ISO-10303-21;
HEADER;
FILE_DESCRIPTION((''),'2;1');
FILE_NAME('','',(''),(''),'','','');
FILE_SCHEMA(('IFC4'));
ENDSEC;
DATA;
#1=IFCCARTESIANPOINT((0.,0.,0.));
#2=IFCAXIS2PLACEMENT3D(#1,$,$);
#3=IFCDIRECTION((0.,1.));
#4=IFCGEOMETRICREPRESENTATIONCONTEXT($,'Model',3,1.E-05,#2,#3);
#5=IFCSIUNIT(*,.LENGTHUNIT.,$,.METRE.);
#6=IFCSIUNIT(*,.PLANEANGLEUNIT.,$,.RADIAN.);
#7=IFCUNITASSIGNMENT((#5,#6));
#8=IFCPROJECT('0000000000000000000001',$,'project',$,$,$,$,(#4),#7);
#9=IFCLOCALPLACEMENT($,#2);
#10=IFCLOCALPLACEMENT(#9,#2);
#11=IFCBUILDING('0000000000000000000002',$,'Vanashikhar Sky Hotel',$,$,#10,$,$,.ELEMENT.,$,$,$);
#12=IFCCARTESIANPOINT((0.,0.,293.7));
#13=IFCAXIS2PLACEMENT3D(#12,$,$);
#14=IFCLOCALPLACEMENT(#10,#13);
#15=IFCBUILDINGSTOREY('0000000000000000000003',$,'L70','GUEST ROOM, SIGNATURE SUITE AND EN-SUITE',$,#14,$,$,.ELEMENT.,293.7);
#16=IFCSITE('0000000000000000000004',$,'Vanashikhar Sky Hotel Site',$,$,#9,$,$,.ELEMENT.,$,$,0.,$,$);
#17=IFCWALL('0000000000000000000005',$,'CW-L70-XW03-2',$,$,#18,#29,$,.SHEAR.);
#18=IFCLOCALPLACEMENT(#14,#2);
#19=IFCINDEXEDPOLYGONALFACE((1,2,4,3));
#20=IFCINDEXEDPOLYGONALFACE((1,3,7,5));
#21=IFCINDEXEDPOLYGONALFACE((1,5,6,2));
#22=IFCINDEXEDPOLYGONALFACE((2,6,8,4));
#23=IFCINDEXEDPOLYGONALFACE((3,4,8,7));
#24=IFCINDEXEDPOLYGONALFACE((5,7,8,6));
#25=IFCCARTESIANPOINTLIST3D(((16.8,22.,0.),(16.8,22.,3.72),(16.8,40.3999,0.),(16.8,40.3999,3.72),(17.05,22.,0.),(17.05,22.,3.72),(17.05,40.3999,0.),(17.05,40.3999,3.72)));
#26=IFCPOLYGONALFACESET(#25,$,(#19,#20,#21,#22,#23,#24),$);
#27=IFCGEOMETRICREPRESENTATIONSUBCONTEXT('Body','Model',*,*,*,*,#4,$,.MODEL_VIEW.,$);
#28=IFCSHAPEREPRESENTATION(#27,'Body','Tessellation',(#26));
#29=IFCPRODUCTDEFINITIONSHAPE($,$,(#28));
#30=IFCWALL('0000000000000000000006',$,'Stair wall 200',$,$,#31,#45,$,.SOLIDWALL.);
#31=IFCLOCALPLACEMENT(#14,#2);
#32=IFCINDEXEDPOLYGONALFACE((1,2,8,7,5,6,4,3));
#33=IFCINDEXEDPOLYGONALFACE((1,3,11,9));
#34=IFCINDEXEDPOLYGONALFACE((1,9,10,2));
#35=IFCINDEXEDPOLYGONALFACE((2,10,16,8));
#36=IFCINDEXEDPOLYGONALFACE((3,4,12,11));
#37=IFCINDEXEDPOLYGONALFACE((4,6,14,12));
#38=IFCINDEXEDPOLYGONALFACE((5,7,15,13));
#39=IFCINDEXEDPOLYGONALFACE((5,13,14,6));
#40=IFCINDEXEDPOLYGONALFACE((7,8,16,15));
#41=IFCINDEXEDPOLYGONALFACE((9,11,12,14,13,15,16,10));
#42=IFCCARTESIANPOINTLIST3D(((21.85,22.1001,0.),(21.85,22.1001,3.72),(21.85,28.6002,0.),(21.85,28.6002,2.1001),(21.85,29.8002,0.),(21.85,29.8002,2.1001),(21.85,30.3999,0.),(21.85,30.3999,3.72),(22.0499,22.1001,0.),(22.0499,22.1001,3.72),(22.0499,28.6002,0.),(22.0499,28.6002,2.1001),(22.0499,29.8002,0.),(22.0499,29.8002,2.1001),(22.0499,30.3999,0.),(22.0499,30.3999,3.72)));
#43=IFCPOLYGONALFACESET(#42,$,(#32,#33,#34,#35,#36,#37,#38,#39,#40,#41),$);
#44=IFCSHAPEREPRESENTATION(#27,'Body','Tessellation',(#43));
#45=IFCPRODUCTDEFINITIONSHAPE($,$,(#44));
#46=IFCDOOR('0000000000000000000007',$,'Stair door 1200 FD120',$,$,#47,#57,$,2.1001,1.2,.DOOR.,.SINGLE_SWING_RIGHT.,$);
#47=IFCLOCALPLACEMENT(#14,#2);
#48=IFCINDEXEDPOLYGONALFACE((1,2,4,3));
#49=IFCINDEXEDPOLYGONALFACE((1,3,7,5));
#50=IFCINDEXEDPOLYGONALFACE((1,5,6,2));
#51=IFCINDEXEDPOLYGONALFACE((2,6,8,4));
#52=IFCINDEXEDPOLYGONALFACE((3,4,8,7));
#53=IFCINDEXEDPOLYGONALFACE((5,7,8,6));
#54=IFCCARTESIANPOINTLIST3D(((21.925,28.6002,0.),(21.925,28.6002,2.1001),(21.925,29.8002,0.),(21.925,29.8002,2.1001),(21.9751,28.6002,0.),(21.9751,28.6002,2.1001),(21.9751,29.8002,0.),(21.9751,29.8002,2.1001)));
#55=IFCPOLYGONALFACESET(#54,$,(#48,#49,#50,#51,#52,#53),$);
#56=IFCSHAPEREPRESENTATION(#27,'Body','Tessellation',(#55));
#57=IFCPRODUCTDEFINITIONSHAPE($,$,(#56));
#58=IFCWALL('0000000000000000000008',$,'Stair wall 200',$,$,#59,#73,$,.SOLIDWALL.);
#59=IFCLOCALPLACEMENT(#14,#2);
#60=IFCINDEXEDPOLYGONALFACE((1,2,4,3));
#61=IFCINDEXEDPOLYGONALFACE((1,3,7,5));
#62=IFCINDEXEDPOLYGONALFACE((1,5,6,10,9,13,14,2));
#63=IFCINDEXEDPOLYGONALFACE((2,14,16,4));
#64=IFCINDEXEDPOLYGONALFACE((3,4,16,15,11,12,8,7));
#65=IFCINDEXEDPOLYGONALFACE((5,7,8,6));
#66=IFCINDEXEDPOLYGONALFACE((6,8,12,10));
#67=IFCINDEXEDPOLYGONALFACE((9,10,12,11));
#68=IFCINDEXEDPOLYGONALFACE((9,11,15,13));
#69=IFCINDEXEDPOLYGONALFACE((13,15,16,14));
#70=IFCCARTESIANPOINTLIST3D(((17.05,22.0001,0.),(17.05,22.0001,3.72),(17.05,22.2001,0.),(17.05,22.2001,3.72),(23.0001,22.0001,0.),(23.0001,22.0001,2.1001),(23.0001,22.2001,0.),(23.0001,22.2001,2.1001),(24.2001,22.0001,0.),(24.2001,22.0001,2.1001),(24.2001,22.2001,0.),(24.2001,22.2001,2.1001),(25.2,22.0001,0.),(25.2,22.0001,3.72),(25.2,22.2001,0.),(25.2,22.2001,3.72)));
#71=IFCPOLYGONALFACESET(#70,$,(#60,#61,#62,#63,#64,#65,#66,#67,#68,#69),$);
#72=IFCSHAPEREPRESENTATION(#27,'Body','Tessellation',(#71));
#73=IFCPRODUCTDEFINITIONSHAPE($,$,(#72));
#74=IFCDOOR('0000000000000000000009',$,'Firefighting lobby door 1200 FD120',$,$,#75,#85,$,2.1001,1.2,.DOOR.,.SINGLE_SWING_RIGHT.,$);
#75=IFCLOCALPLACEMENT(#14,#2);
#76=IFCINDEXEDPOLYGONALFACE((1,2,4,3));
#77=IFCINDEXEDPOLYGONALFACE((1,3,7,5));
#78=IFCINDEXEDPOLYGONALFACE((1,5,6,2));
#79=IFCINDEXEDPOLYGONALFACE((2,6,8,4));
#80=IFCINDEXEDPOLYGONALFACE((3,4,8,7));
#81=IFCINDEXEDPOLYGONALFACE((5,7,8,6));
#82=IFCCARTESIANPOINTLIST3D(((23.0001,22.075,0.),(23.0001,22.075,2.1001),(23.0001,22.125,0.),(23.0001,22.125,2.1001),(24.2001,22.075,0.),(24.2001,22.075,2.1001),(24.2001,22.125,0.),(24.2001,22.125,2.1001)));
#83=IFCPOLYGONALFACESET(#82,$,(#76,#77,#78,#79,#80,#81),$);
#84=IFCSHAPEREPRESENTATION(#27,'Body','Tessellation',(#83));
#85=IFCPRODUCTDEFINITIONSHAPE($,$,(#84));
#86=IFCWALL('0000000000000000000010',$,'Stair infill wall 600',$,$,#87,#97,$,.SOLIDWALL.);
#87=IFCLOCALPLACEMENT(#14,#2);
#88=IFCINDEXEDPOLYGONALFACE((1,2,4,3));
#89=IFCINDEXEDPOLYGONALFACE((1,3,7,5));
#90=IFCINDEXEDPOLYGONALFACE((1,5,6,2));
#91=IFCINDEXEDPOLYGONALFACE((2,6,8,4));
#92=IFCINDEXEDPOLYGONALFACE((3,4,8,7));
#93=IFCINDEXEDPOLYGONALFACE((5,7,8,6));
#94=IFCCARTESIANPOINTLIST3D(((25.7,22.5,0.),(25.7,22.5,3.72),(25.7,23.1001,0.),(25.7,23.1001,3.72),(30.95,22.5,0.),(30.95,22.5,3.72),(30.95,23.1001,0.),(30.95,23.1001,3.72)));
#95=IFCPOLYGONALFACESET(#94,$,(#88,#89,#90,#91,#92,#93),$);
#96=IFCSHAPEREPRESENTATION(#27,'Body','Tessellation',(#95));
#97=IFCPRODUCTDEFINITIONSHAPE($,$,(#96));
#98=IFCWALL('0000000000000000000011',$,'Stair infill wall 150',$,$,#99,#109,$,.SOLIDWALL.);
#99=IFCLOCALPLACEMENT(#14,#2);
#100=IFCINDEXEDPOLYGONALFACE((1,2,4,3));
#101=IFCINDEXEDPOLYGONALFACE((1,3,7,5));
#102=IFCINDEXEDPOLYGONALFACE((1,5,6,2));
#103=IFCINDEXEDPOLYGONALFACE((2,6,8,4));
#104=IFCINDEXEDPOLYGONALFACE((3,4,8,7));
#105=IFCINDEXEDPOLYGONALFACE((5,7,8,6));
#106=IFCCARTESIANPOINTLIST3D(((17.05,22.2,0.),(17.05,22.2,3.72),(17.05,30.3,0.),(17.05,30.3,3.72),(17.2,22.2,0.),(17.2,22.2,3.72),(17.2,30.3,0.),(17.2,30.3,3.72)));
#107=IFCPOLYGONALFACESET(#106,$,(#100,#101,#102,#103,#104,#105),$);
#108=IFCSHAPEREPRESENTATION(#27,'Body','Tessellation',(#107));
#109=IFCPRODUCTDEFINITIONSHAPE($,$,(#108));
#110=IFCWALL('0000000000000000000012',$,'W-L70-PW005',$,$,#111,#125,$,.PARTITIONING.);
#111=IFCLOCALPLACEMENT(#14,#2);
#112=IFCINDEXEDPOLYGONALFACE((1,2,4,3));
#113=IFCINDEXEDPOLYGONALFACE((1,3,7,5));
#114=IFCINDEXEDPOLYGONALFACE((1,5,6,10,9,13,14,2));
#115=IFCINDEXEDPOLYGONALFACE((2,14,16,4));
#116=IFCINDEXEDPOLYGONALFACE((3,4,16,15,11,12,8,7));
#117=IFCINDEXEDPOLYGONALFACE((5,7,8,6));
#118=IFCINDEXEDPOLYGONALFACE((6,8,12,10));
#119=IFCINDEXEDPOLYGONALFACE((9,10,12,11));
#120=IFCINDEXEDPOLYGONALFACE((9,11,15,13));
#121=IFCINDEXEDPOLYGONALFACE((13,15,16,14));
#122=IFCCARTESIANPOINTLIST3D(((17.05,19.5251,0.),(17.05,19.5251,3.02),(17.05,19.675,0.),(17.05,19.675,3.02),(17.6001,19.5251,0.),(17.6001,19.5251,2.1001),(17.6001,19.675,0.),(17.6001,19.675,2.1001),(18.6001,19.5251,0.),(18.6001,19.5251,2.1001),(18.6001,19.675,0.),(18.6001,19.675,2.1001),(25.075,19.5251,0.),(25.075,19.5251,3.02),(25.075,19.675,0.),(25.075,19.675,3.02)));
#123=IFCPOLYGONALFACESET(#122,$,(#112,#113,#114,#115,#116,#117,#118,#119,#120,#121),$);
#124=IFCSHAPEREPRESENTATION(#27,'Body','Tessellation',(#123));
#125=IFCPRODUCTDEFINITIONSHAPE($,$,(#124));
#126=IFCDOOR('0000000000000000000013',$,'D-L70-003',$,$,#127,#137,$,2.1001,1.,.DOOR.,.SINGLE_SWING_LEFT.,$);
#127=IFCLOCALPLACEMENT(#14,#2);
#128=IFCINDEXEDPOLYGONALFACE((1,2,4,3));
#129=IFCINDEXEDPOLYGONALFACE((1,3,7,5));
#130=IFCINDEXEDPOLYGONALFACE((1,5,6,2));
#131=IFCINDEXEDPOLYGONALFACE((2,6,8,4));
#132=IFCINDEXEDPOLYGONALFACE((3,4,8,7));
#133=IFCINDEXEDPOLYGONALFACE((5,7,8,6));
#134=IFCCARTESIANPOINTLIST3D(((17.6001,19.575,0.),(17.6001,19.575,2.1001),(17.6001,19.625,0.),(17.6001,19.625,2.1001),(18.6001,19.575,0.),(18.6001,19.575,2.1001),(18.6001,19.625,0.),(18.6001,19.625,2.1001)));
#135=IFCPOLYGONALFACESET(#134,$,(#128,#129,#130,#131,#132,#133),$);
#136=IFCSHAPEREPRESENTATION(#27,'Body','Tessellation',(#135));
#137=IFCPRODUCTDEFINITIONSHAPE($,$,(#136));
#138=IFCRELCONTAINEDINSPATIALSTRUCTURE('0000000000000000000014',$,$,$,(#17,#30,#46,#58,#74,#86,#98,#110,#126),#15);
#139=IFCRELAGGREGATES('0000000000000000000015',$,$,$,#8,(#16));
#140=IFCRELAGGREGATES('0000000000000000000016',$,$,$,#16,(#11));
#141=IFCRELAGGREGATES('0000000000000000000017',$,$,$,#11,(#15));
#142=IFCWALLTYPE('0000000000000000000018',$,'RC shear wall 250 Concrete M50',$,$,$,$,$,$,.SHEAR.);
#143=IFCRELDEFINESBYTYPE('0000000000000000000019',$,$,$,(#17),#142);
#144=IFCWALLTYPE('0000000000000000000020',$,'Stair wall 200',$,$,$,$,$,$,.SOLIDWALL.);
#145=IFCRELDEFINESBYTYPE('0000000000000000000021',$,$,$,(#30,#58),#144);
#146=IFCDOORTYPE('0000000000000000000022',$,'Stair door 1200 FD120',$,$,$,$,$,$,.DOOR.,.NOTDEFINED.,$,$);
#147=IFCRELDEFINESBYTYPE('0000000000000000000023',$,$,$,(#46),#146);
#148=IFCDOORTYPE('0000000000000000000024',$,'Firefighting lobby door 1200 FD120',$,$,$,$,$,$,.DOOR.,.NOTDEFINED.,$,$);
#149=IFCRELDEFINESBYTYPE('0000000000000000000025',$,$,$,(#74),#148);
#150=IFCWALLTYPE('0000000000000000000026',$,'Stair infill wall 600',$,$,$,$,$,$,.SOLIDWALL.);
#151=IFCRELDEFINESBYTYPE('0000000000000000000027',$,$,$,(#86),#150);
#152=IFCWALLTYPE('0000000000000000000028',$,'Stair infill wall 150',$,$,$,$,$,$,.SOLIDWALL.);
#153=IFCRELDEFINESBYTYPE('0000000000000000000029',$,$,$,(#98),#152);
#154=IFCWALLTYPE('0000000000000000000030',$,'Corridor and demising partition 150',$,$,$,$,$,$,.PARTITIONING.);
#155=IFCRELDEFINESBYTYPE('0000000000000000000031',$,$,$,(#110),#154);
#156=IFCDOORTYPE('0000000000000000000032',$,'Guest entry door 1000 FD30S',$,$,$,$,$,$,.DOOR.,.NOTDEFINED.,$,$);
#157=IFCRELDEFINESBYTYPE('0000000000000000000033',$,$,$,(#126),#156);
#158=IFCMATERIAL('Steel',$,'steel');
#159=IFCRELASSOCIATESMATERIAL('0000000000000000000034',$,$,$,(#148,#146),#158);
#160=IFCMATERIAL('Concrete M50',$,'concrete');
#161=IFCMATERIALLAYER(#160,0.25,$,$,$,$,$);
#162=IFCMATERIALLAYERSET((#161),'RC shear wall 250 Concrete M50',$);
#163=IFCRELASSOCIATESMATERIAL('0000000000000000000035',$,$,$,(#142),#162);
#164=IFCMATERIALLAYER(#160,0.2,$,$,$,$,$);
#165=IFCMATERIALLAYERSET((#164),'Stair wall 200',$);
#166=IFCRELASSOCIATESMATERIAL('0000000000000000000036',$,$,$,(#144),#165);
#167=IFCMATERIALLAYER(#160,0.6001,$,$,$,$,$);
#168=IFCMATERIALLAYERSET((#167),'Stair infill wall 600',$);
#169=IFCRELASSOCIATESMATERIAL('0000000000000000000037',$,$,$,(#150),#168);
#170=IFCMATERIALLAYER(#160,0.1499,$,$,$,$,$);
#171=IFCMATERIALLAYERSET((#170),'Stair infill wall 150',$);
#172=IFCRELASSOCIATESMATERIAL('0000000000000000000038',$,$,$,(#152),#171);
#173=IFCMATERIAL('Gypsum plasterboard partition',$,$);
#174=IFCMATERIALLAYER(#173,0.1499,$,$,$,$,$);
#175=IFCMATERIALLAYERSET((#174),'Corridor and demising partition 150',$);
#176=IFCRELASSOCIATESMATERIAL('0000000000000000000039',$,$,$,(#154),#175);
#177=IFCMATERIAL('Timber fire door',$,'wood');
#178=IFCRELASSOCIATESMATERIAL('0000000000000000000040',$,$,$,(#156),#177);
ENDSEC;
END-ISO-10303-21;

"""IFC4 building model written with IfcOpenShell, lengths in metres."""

from ifc_helpers import new_model, si_unit, direction, frame, frame_2d, origin, place, context, subcontext, project, spatial, rectangle, extrude, source, transform, mapped, material, layer, layer_set, type_object, element, fill, save


model = new_model("IFC4")

# Units and contexts
model_context = context("Model", 3, precision=1e-05, world=origin(), true_north=direction((0.0, 1.0)))
body_context = subcontext(model_context, "Body", "Model", "MODEL_VIEW")
ifc_project = project(units=[si_unit("LENGTHUNIT", "METRE"), si_unit("PLANEANGLEUNIT", "RADIAN")], contexts=[model_context])

# Site, building, storey
site_placement = place(None, origin())
site = spatial("IfcSite", under=ifc_project, at=site_placement, Name="Vanashikhar Sky Hotel Site", CompositionType="ELEMENT", RefElevation=0.0)
building_placement = place(site_placement, origin())
building = spatial("IfcBuilding", under=site, at=building_placement, Name="Vanashikhar Sky Hotel", CompositionType="ELEMENT")
storey_placement = place(building_placement, frame((0.0, 0.0, 293.7)))
storey = spatial("IfcBuildingStorey", under=building, at=storey_placement, Name="L70", Description="GUEST ROOM, SIGNATURE SUITE AND EN-SUITE", CompositionType="ELEMENT", Elevation=293.7)

# Shared definitions
ifc_material_1 = material(Name="Concrete M50", Category="concrete")

# Shared definitions
ifc_material_2 = material(Name="Steel", Category="steel")
door_type_1 = type_object("IfcDoorType", Name="Firefighting lobby door 1200 FD120", OperationType="NOTDEFINED", PredefinedType="DOOR", material=ifc_material_2)

# Wall
ifc_layer_1 = layer(ifc_material_1, 0.25)
ifc_layer_set_1 = layer_set([ifc_layer_1], Name="RC shear wall 250 Concrete M50")
wall_type_1 = type_object("IfcWallType", Name="RC shear wall 250 Concrete M50", PredefinedType="SHEAR", material=ifc_layer_set_1)
shared_shape_1 = source(origin(), body_context, "Body", "SweptSolid", [
    extrude(rectangle(XDim=18.3999, YDim=0.25, at=frame_2d((9.2, 0.0))), origin(), (0.0, 0.0, 1.0), 3.72),
])
wall_1_placement = place(storey_placement, frame((16.925, 22.0, 0.0), z_axis=(0.0, 0.0, 1.0), x_axis=(0.0, 1.0, 0.0)))
element("IfcWall", 1, at=wall_1_placement, inside=storey, type_object=wall_type_1, Name="CW-L70-XW03-2", PredefinedType="SHEAR", context=body_context, shape_type="MappedRepresentation", body=[
    mapped(shared_shape_1, transform((0.0, 0.0, 0.0), scale=1.0)),
])

# Walls, openings, doors
ifc_layer_2 = layer(ifc_material_1, 0.2)
ifc_layer_set_2 = layer_set([ifc_layer_2], Name="Stair wall 200")
wall_type_2 = type_object("IfcWallType", Name="Stair wall 200", PredefinedType="SOLIDWALL", material=ifc_layer_set_2)
shared_shape_2 = source(origin(), body_context, "Body", "SweptSolid", [
    extrude(rectangle(XDim=8.2998, YDim=0.2, at=frame_2d((4.1499, 0.0))), origin(), (0.0, 0.0, 1.0), 3.72),
])
wall_2_placement = place(storey_placement, frame((21.95, 22.1001, 0.0), z_axis=(0.0, 0.0, 1.0), x_axis=(0.0, 1.0, 0.0)))
wall_2 = element("IfcWall", 2, at=wall_2_placement, inside=storey, type_object=wall_type_2, Name="Stair wall 200", PredefinedType="SOLIDWALL", context=body_context, shape_type="MappedRepresentation", body=[
    mapped(shared_shape_2, transform((0.0, 0.0, 0.0), scale=1.0)),
])
shared_shape_3 = source(origin(), body_context, "Body", "SweptSolid", [
    extrude(rectangle(XDim=1.2, YDim=2.1001, at=frame_2d((0.6001, 1.05))), frame((0.0, 0.1099, 0.0), z_axis=(0.0, -1.0, 0.0), x_axis=(1.0, 0.0, 0.0)), (0.0, 0.0, 1.0), 0.22),
])
opening_1_placement = place(wall_2_placement, frame((6.5, 0.0, 0.0)))
opening_1 = element("IfcOpeningElement", 3, at=opening_1_placement, cuts=wall_2, PredefinedType="OPENING", context=body_context, shape_type="MappedRepresentation", body=[
    mapped(shared_shape_3, transform((0.0, 0.0, 0.0), scale=1.0)),
])
door_type_2 = type_object("IfcDoorType", Name="Stair door 1200 FD120", OperationType="NOTDEFINED", PredefinedType="DOOR", material=ifc_material_2)
shared_shape_4 = source(origin(), body_context, "Body", "SweptSolid", [
    extrude(rectangle(XDim=1.2, YDim=2.1001, at=frame_2d((0.6001, 1.05))), frame((0.0, 0.0249, 0.0), z_axis=(0.0, -1.0, 0.0), x_axis=(1.0, 0.0, 0.0)), (0.0, 0.0, 1.0), 0.05),
])
door_1_placement = place(opening_1_placement, origin())
door_1 = element("IfcDoor", 4, at=door_1_placement, inside=storey, type_object=door_type_2, Name="Stair door 1200 FD120", OperationType="SINGLE_SWING_RIGHT", OverallHeight=2.1001, OverallWidth=1.2, PredefinedType="DOOR", context=body_context, shape_type="MappedRepresentation", body=[
    mapped(shared_shape_4, transform((0.0, 0.0, 0.0), scale=1.0)),
])
fill(opening_1, door_1)
shared_shape_5 = source(origin(), body_context, "Body", "SweptSolid", [
    extrude(rectangle(XDim=8.1499, YDim=0.2, at=frame_2d((4.075, 0.0))), origin(), (0.0, 0.0, 1.0), 3.72),
])
wall_3_placement = place(storey_placement, frame((17.05, 22.1001, 0.0), z_axis=(0.0, 0.0, 1.0), x_axis=(1.0, 0.0, 0.0)))
wall_3 = element("IfcWall", 5, at=wall_3_placement, inside=storey, type_object=wall_type_2, Name="Stair wall 200", PredefinedType="SOLIDWALL", context=body_context, shape_type="MappedRepresentation", body=[
    mapped(shared_shape_5, transform((0.0, 0.0, 0.0), scale=1.0)),
])
opening_2_placement = place(wall_3_placement, frame((5.95, 0.0, 0.0)))
opening_2 = element("IfcOpeningElement", 6, at=opening_2_placement, cuts=wall_3, PredefinedType="OPENING", context=body_context, shape_type="MappedRepresentation", body=[
    mapped(shared_shape_3, transform((0.0, 0.0, 0.0), scale=1.0)),
])
door_2_placement = place(opening_2_placement, origin())
door_2 = element("IfcDoor", 7, at=door_2_placement, inside=storey, type_object=door_type_1, Name="Firefighting lobby door 1200 FD120", OperationType="SINGLE_SWING_RIGHT", OverallHeight=2.1001, OverallWidth=1.2, PredefinedType="DOOR", context=body_context, shape_type="MappedRepresentation", body=[
    mapped(shared_shape_4, transform((0.0, 0.0, 0.0), scale=1.0)),
])
fill(opening_2, door_2)

# Walls
ifc_layer_3 = layer(ifc_material_1, 0.6001)
ifc_layer_set_3 = layer_set([ifc_layer_3], Name="Stair infill wall 600")
wall_type_3 = type_object("IfcWallType", Name="Stair infill wall 600", PredefinedType="SOLIDWALL", material=ifc_layer_set_3)
shared_shape_6 = source(origin(), body_context, "Body", "SweptSolid", [
    extrude(rectangle(XDim=5.25, YDim=0.6001, at=frame_2d((2.625, 0.0))), origin(), (0.0, 0.0, 1.0), 3.72),
])
wall_4_placement = place(storey_placement, frame((25.7, 22.8, 0.0), z_axis=(0.0, 0.0, 1.0), x_axis=(1.0, 0.0, 0.0)))
element("IfcWall", 8, at=wall_4_placement, inside=storey, type_object=wall_type_3, Name="Stair infill wall 600", PredefinedType="SOLIDWALL", context=body_context, shape_type="MappedRepresentation", body=[
    mapped(shared_shape_6, transform((0.0, 0.0, 0.0), scale=1.0)),
])
ifc_layer_4 = layer(ifc_material_1, 0.1499)
ifc_layer_set_4 = layer_set([ifc_layer_4], Name="Stair infill wall 150")
wall_type_4 = type_object("IfcWallType", Name="Stair infill wall 150", PredefinedType="SOLIDWALL", material=ifc_layer_set_4)
shared_shape_7 = source(origin(), body_context, "Body", "SweptSolid", [
    extrude(rectangle(XDim=8.1001, YDim=0.1499, at=frame_2d((4.05, 0.0))), origin(), (0.0, 0.0, 1.0), 3.72),
])
wall_5_placement = place(storey_placement, frame((17.125, 22.2, 0.0), z_axis=(0.0, 0.0, 1.0), x_axis=(0.0, 1.0, 0.0)))
element("IfcWall", 9, at=wall_5_placement, inside=storey, type_object=wall_type_4, Name="Stair infill wall 150", PredefinedType="SOLIDWALL", context=body_context, shape_type="MappedRepresentation", body=[
    mapped(shared_shape_7, transform((0.0, 0.0, 0.0), scale=1.0)),
])

# Wall, opening, door
ifc_material_3 = material(Name="Gypsum plasterboard partition")
ifc_layer_5 = layer(ifc_material_3, 0.1499)
ifc_layer_set_5 = layer_set([ifc_layer_5], Name="Corridor and demising partition 150")
wall_type_5 = type_object("IfcWallType", Name="Corridor and demising partition 150", PredefinedType="PARTITIONING", material=ifc_layer_set_5)
shared_shape_8 = source(origin(), body_context, "Body", "SweptSolid", [
    extrude(rectangle(XDim=8.0249, YDim=0.1499, at=frame_2d((4.0125, 0.0))), origin(), (0.0, 0.0, 1.0), 3.02),
])
wall_6_placement = place(storey_placement, frame((17.05, 19.6001, 0.0), z_axis=(0.0, 0.0, 1.0), x_axis=(1.0, 0.0, 0.0)))
wall_6 = element("IfcWall", 10, at=wall_6_placement, inside=storey, type_object=wall_type_5, Name="W-L70-PW005", PredefinedType="PARTITIONING", context=body_context, shape_type="MappedRepresentation", body=[
    mapped(shared_shape_8, transform((0.0, 0.0, 0.0), scale=1.0)),
])
shared_shape_9 = source(origin(), body_context, "Body", "SweptSolid", [
    extrude(rectangle(XDim=1.0, YDim=2.1001, at=frame_2d((0.5, 1.05))), frame((0.0, 0.085, 0.0), z_axis=(0.0, -1.0, 0.0), x_axis=(1.0, 0.0, 0.0)), (0.0, 0.0, 1.0), 0.1699),
])
opening_3_placement = place(wall_6_placement, frame((0.55, 0.0, 0.0)))
opening_3 = element("IfcOpeningElement", 11, at=opening_3_placement, cuts=wall_6, PredefinedType="OPENING", context=body_context, shape_type="MappedRepresentation", body=[
    mapped(shared_shape_9, transform((0.0, 0.0, 0.0), scale=1.0)),
])
ifc_material_4 = material(Name="Timber fire door", Category="wood")
door_type_3 = type_object("IfcDoorType", Name="Guest entry door 1000 FD30S", OperationType="NOTDEFINED", PredefinedType="DOOR", material=ifc_material_4)
shared_shape_10 = source(origin(), body_context, "Body", "SweptSolid", [
    extrude(rectangle(XDim=1.0, YDim=2.1001, at=frame_2d((0.5, 1.05))), frame((0.0, 0.0249, 0.0), z_axis=(0.0, -1.0, 0.0), x_axis=(1.0, 0.0, 0.0)), (0.0, 0.0, 1.0), 0.05),
])
door_3_placement = place(opening_3_placement, origin())
door_3 = element("IfcDoor", 12, at=door_3_placement, inside=storey, type_object=door_type_3, Name="D-L70-003", OperationType="SINGLE_SWING_LEFT", OverallHeight=2.1001, OverallWidth=1.0, PredefinedType="DOOR", context=body_context, shape_type="MappedRepresentation", body=[
    mapped(shared_shape_10, transform((0.0, 0.0, 0.0), scale=1.0)),
])
fill(opening_3, door_3)

save(model, "model.ifc")
